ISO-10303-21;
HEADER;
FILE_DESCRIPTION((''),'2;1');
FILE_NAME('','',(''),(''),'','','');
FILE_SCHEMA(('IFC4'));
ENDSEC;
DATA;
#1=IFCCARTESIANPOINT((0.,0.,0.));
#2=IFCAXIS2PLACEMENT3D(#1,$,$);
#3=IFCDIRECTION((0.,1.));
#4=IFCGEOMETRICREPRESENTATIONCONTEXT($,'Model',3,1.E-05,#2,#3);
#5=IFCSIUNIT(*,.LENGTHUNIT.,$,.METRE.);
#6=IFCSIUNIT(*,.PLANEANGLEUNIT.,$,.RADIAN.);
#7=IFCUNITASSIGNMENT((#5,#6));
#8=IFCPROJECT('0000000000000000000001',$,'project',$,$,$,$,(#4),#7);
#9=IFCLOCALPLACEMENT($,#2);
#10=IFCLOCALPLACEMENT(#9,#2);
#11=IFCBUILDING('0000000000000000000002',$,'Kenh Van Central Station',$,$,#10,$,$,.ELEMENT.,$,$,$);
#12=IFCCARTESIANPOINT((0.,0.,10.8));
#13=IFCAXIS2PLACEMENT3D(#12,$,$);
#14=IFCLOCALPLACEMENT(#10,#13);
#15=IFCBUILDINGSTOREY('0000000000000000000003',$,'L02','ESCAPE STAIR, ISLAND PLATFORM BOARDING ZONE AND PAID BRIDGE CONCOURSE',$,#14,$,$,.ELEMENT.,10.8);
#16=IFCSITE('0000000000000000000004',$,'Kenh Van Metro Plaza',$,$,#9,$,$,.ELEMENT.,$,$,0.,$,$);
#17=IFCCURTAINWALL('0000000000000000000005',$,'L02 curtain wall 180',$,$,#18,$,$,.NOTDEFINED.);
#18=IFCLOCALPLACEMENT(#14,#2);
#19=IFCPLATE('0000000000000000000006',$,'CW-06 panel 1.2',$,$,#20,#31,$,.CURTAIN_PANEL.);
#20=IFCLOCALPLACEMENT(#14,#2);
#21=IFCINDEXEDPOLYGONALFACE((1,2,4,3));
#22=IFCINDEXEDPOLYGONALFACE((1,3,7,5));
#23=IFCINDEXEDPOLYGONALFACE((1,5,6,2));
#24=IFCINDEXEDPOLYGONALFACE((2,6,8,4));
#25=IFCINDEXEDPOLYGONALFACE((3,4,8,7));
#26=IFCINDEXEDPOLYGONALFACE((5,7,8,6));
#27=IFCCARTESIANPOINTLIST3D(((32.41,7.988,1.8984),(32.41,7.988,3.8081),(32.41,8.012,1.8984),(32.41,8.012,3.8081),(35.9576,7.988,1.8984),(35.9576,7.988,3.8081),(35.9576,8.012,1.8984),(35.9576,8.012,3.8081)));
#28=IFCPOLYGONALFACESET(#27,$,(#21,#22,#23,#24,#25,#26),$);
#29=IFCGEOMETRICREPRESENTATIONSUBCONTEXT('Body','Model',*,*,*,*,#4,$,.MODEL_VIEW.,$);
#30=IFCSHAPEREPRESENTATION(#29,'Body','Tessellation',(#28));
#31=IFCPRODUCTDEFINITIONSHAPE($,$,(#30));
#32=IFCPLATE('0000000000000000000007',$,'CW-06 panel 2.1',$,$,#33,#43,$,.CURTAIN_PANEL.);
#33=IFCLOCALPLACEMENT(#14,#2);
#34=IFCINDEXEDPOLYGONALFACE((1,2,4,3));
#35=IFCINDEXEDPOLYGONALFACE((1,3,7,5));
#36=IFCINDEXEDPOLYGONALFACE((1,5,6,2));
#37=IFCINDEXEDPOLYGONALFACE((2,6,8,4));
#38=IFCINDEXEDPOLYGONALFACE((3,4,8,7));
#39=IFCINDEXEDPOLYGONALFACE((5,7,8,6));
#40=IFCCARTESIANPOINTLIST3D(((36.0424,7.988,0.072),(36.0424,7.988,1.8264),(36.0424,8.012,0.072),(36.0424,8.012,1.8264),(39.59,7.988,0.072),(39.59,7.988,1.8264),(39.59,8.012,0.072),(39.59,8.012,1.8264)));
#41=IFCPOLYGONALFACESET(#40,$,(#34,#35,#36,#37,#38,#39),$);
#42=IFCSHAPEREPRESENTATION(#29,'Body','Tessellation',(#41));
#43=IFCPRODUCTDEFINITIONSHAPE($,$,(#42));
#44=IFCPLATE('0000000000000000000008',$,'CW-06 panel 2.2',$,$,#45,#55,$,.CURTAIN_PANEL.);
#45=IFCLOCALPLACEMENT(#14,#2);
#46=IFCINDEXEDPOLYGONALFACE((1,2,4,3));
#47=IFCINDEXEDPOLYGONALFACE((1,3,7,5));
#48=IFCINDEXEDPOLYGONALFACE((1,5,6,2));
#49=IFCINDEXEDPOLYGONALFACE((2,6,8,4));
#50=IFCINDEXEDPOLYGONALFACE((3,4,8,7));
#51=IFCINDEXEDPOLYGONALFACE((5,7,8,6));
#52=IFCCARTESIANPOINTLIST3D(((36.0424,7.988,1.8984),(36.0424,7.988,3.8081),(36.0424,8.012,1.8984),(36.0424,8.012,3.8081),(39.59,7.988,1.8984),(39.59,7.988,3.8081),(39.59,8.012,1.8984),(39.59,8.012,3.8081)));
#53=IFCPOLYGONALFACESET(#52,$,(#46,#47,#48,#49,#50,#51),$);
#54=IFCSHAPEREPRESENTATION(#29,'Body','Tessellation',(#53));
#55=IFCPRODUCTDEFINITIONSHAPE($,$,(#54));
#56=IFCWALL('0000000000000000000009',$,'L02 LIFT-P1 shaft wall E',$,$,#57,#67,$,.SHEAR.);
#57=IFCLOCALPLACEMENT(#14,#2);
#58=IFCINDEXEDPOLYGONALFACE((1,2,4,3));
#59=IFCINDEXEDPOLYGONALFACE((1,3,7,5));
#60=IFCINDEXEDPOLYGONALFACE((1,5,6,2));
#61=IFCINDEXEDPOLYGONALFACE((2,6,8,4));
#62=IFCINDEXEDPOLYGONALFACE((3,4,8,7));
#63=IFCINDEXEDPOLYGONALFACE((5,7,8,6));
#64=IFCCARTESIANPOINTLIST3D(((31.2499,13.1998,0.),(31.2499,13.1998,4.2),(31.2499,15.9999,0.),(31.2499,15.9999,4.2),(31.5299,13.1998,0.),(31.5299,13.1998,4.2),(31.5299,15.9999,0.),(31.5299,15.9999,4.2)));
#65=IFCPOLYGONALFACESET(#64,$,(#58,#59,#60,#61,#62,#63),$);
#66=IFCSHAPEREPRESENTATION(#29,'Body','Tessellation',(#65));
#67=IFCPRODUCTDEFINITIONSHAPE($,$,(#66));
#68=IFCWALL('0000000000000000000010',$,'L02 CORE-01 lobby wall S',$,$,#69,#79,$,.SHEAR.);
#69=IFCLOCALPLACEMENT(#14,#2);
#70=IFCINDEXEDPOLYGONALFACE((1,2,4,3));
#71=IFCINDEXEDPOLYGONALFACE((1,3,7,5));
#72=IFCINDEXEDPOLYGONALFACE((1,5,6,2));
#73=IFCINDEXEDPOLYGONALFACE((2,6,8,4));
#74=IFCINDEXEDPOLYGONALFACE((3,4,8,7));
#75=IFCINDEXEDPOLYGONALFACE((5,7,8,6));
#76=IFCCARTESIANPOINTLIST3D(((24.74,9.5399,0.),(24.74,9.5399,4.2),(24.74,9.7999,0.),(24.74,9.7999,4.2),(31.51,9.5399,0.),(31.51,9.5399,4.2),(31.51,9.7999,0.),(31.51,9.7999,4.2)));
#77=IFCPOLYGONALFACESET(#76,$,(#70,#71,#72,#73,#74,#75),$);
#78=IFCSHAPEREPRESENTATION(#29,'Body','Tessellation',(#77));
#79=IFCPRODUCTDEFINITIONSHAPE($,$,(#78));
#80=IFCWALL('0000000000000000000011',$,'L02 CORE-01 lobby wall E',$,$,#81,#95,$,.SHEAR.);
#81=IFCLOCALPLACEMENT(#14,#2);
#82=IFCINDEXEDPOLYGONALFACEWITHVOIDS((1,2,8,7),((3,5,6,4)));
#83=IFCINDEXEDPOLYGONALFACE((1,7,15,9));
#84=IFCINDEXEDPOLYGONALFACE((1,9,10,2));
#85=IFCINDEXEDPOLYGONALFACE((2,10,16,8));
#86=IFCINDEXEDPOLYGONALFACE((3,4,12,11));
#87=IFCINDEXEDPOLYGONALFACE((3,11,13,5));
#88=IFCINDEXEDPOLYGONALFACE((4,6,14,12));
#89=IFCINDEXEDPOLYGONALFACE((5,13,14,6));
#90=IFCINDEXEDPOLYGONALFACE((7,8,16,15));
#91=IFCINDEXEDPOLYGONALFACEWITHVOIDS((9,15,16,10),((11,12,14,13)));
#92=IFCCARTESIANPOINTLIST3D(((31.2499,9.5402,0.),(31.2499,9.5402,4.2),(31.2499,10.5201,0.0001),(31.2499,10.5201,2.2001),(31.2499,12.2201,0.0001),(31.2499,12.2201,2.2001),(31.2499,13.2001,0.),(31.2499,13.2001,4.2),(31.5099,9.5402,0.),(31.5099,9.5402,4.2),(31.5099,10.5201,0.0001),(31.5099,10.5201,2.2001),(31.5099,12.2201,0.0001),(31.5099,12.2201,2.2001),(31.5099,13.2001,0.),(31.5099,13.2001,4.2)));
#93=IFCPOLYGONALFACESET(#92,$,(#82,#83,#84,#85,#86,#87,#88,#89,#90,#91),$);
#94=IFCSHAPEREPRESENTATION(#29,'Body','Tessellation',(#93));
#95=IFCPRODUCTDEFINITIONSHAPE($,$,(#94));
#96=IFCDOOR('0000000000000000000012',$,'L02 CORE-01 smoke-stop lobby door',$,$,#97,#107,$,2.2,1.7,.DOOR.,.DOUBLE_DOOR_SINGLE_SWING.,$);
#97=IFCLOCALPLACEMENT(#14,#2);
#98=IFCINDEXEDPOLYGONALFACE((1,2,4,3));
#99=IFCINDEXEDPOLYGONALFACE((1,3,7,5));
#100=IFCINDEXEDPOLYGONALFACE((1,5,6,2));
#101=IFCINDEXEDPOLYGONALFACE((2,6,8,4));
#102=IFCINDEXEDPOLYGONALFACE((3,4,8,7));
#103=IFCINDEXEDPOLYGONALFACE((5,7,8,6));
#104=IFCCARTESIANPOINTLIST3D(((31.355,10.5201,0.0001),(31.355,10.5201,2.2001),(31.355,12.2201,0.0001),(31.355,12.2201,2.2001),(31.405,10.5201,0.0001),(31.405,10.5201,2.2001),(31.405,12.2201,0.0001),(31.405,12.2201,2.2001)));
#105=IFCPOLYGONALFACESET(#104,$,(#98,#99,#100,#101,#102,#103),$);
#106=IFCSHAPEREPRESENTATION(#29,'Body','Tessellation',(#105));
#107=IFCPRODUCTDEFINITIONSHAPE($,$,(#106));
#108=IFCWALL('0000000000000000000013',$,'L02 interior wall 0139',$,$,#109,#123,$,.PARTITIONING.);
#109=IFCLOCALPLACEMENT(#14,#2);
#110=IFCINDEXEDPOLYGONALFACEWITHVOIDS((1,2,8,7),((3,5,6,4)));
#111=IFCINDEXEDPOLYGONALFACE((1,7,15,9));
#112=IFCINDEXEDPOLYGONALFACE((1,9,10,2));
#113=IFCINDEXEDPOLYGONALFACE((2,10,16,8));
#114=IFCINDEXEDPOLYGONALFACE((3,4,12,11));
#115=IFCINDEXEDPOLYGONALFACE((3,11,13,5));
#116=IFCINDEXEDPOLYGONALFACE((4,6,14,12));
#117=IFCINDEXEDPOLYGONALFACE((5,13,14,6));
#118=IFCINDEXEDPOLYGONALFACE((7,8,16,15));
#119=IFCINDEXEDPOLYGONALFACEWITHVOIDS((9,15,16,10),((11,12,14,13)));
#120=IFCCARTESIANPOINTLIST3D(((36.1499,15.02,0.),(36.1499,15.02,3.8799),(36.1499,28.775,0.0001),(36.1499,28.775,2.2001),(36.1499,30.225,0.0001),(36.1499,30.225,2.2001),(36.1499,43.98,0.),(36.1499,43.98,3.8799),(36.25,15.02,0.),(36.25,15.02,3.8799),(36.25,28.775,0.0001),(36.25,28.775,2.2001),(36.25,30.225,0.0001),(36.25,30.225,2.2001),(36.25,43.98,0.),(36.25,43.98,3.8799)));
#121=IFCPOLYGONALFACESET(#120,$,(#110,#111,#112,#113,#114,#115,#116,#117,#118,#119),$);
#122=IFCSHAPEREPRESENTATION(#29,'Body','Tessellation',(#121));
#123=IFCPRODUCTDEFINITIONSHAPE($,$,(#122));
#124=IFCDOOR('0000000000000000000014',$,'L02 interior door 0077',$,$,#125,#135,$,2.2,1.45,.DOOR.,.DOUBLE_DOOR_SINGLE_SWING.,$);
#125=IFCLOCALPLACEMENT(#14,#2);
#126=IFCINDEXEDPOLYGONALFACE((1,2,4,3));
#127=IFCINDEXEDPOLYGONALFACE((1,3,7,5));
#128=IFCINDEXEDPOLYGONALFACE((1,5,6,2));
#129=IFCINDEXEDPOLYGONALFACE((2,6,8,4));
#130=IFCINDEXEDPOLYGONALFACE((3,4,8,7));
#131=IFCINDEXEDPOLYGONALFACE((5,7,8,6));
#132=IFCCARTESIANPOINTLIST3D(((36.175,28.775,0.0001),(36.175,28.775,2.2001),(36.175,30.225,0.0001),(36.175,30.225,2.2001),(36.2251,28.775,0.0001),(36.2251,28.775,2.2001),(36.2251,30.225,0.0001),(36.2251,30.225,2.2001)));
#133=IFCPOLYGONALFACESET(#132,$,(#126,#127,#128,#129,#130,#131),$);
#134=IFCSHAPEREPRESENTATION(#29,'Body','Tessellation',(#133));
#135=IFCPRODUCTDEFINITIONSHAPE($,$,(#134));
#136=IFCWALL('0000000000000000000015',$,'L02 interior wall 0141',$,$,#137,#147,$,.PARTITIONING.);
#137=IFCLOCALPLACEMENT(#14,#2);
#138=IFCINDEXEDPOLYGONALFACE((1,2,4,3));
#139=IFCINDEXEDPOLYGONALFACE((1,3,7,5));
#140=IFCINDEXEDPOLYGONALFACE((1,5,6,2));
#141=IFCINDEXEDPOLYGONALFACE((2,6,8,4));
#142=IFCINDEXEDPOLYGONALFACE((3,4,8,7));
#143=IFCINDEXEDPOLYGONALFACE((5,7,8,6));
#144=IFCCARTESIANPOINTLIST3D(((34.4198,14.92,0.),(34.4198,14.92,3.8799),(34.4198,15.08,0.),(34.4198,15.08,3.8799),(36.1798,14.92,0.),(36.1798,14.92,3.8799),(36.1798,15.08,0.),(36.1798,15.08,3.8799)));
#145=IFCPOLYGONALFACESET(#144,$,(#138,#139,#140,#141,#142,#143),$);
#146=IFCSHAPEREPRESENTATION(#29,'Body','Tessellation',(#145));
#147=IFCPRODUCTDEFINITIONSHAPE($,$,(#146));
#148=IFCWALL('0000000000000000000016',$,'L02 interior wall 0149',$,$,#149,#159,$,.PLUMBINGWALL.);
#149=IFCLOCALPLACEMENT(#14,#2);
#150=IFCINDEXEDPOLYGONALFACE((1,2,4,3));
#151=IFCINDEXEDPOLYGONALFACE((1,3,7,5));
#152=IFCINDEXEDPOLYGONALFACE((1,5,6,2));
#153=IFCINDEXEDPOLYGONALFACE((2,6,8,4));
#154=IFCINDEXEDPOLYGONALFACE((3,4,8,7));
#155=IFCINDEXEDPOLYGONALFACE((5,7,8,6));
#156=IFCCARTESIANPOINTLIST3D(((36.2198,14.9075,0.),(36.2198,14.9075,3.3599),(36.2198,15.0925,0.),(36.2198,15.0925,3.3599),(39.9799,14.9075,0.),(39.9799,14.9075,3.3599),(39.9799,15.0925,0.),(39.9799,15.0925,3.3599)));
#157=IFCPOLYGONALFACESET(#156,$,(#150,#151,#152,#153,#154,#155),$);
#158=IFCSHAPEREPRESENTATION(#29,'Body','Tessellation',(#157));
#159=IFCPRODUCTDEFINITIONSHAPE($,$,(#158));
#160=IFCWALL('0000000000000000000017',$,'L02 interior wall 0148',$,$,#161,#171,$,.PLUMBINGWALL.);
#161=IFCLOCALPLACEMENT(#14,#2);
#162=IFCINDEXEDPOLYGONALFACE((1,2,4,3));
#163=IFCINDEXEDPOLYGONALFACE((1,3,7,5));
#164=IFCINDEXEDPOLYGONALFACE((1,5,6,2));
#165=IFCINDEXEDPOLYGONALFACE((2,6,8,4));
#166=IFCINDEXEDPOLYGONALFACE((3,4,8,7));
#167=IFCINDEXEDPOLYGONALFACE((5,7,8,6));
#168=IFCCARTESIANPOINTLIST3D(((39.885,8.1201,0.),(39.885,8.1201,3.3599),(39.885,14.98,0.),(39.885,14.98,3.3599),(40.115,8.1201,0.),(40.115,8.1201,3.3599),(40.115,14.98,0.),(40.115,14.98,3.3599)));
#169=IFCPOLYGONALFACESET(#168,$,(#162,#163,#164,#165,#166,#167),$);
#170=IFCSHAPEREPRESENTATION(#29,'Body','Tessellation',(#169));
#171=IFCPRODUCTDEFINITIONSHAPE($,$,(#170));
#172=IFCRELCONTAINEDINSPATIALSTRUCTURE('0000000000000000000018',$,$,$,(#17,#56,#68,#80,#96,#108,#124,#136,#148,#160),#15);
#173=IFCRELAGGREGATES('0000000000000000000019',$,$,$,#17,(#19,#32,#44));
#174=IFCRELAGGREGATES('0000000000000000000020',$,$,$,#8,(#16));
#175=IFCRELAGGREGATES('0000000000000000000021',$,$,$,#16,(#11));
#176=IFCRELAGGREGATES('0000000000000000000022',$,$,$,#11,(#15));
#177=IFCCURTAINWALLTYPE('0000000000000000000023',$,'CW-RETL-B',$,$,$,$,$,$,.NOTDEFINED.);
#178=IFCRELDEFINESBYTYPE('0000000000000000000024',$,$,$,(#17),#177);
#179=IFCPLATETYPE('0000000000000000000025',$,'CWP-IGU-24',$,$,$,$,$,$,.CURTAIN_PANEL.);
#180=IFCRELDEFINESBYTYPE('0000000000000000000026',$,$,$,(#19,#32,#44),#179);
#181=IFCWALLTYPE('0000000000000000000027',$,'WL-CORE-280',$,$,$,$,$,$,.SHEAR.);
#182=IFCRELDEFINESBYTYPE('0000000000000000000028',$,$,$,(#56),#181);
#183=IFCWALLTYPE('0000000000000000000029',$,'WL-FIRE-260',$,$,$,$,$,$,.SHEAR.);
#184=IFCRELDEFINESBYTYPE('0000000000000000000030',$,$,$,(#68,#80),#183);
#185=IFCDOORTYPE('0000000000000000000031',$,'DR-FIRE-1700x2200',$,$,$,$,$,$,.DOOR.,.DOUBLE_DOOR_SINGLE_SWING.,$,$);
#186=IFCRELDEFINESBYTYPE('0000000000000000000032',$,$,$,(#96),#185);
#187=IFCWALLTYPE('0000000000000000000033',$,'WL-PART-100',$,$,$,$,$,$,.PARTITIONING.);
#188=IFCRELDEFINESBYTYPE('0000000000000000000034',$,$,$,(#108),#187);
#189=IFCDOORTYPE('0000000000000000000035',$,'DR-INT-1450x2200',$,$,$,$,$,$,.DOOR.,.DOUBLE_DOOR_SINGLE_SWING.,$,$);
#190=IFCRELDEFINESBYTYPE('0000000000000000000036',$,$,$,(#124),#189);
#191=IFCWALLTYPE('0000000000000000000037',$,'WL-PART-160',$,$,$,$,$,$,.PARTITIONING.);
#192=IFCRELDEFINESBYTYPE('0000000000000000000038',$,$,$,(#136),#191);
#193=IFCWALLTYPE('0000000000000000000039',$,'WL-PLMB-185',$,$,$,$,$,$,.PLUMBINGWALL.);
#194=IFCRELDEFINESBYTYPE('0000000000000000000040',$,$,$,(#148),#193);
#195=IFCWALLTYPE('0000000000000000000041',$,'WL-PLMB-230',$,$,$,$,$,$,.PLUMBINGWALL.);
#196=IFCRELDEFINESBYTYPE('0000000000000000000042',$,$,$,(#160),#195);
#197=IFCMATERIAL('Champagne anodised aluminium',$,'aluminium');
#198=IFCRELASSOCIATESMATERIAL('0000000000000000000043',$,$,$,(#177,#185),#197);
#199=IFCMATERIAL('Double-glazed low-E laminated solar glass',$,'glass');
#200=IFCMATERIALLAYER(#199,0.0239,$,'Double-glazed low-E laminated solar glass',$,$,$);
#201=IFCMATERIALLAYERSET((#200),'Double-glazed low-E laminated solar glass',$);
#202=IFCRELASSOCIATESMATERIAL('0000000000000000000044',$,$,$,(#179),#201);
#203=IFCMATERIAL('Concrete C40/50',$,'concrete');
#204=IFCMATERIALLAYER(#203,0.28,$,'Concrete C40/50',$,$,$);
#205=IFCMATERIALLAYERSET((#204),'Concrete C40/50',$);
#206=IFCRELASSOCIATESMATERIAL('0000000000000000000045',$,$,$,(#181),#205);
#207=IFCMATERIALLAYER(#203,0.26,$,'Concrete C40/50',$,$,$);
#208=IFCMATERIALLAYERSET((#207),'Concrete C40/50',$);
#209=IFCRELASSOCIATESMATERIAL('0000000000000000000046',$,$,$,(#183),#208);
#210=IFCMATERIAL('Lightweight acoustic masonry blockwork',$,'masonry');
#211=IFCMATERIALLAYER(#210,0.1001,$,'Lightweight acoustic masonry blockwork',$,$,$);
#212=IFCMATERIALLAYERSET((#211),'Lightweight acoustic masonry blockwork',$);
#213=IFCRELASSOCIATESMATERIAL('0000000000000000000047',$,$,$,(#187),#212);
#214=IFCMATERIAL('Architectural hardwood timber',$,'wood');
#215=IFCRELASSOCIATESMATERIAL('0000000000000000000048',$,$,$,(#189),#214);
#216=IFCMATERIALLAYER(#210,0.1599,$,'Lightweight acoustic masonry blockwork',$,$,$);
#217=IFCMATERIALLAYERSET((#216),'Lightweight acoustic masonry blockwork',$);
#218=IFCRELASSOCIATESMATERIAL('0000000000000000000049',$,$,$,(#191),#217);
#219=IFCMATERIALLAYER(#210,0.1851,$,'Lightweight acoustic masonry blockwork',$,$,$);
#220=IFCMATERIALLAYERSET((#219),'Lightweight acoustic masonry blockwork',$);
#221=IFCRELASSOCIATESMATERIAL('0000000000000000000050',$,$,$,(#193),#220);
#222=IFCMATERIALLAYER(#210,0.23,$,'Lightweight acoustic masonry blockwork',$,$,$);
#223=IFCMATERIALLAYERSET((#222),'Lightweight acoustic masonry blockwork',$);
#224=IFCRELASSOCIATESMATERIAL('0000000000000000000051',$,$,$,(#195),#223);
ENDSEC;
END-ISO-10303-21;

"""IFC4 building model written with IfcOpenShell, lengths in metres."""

from ifc_helpers import new_model, si_unit, direction, frame, frame_2d, origin, origin_2d, place, context, subcontext, project, spatial, rectangle, extrude, material, layer, layer_set, type_object, element, fill, aggregate, save


model = new_model("IFC4")

# Units and contexts
model_context = context("Model", 3, precision=1e-05, world=origin(), true_north=direction((0.0, 1.0)))
body_context = subcontext(model_context, "Body", "Model", "MODEL_VIEW")
ifc_project = project(units=[si_unit("LENGTHUNIT", "METRE"), si_unit("PLANEANGLEUNIT", "RADIAN")], contexts=[model_context])

# Site, building, storey
site_placement = place(None, origin())
site = spatial("IfcSite", under=ifc_project, at=site_placement, Name="Kenh Van Metro Plaza", CompositionType="ELEMENT", RefElevation=0.0)
building_placement = place(site_placement, origin())
building = spatial("IfcBuilding", under=site, at=building_placement, Name="Kenh Van Central Station", CompositionType="ELEMENT")
storey_placement = place(building_placement, frame((0.0, 0.0, 10.8)))
storey = spatial("IfcBuildingStorey", under=building, at=storey_placement, Name="L02", Description="ESCAPE STAIR, ISLAND PLATFORM BOARDING ZONE AND PAID BRIDGE CONCOURSE", CompositionType="ELEMENT", Elevation=10.8)

# Curtain wall
ifc_material_1 = material(Name="Champagne anodised aluminium", Category="aluminium")
curtain_wall_type = type_object("IfcCurtainWallType", Name="CW-RETL-B", PredefinedType="NOTDEFINED", material=ifc_material_1)
curtain_wall_placement = place(storey_placement, origin())
curtain_wall = element("IfcCurtainWall", 1, at=curtain_wall_placement, inside=storey, type_object=curtain_wall_type, Name="L02 curtain wall 180", PredefinedType="NOTDEFINED")

# Plates
ifc_material_2 = material(Name="Double-glazed low-E laminated solar glass", Category="glass")
ifc_layer_1 = layer(ifc_material_2, 0.0239, Name="Double-glazed low-E laminated solar glass")
ifc_layer_set_1 = layer_set([ifc_layer_1], Name="Double-glazed low-E laminated solar glass")
plate_type = type_object("IfcPlateType", Name="CWP-IGU-24", PredefinedType="CURTAIN_PANEL", material=ifc_layer_set_1)
plate_1_placement = place(storey_placement, frame((34.1838, 8.0, 1.8984), z_axis=(0.0, 0.0, 1.0), x_axis=(1.0, 0.0, 0.0)))
plate_1 = element("IfcPlate", 2, at=plate_1_placement, type_object=plate_type, Name="CW-06 panel 1.2", PredefinedType="CURTAIN_PANEL", context=body_context, shape_type="SweptSolid", body=[
    extrude(rectangle(XDim=3.5476, YDim=0.0239, at=origin_2d()), origin(), (0.0, 0.0, 1.0), 1.9097),
])
plate_2_placement = place(storey_placement, frame((37.8162, 8.0, 0.072), z_axis=(0.0, 0.0, 1.0), x_axis=(1.0, 0.0, 0.0)))
plate_2 = element("IfcPlate", 3, at=plate_2_placement, type_object=plate_type, Name="CW-06 panel 2.1", PredefinedType="CURTAIN_PANEL", context=body_context, shape_type="SweptSolid", body=[
    extrude(rectangle(XDim=3.5476, YDim=0.0239, at=origin_2d()), origin(), (0.0, 0.0, 1.0), 1.7544),
])
plate_3_placement = place(storey_placement, frame((37.8162, 8.0, 1.8984), z_axis=(0.0, 0.0, 1.0), x_axis=(1.0, 0.0, 0.0)))
plate_3 = element("IfcPlate", 4, at=plate_3_placement, type_object=plate_type, Name="CW-06 panel 2.2", PredefinedType="CURTAIN_PANEL", context=body_context, shape_type="SweptSolid", body=[
    extrude(rectangle(XDim=3.5476, YDim=0.0239, at=origin_2d()), origin(), (0.0, 0.0, 1.0), 1.9097),
])
aggregate(curtain_wall, [plate_1, plate_2, plate_3])

# Walls
ifc_material_3 = material(Name="Concrete C40/50", Category="concrete")
ifc_layer_2 = layer(ifc_material_3, 0.28, Name="Concrete C40/50")
ifc_layer_set_2 = layer_set([ifc_layer_2], Name="Concrete C40/50")
wall_type_1 = type_object("IfcWallType", Name="WL-CORE-280", PredefinedType="SHEAR", material=ifc_layer_set_2)
wall_1_placement = place(storey_placement, frame((31.3899, 13.2, 0.0), z_axis=(0.0, 0.0, 1.0), x_axis=(0.0, 1.0, 0.0)))
element("IfcWall", 5, at=wall_1_placement, inside=storey, type_object=wall_type_1, Name="L02 LIFT-P1 shaft wall E", PredefinedType="SHEAR", context=body_context, shape_type="SweptSolid", body=[
    extrude(rectangle(XDim=2.8, YDim=0.28, at=frame_2d((1.3999, 0.0))), origin(), (0.0, 0.0, 1.0), 4.2),
])
ifc_layer_3 = layer(ifc_material_3, 0.26, Name="Concrete C40/50")
ifc_layer_set_3 = layer_set([ifc_layer_3], Name="Concrete C40/50")
wall_type_2 = type_object("IfcWallType", Name="WL-FIRE-260", PredefinedType="SHEAR", material=ifc_layer_set_3)
wall_2_placement = place(storey_placement, frame((31.51, 9.6699, 0.0), z_axis=(0.0, 0.0, 1.0), x_axis=(-1.0, 0.0, 0.0)))
element("IfcWall", 6, at=wall_2_placement, inside=storey, type_object=wall_type_2, Name="L02 CORE-01 lobby wall S", PredefinedType="SHEAR", context=body_context, shape_type="SweptSolid", body=[
    extrude(rectangle(XDim=6.77, YDim=0.26, at=frame_2d((3.385, 0.0))), origin(), (0.0, 0.0, 1.0), 4.2),
])

# Walls, openings, doors
wall_3_placement = place(storey_placement, frame((31.3799, 9.54, 0.0), z_axis=(0.0, 0.0, 1.0), x_axis=(0.0, 1.0, 0.0)))
wall_3 = element("IfcWall", 7, at=wall_3_placement, inside=storey, type_object=wall_type_2, Name="L02 CORE-01 lobby wall E", PredefinedType="SHEAR", context=body_context, shape_type="SweptSolid", body=[
    extrude(rectangle(XDim=3.6599, YDim=0.26, at=frame_2d((1.8301, 0.0))), origin(), (0.0, 0.0, 1.0), 4.2),
])
opening_1_placement = place(wall_3_placement, frame((0.98, 0.0, 0.0)))
opening_1 = element("IfcOpeningElement", 8, at=opening_1_placement, cuts=wall_3, PredefinedType="OPENING", context=body_context, shape_type="SweptSolid", body=[
    extrude(rectangle(XDim=1.7, YDim=2.2, at=frame_2d((0.8501, 1.1001))), frame((0.0, 0.1399, 0.0), z_axis=(0.0, -1.0, 0.0), x_axis=(1.0, 0.0, 0.0)), (0.0, 0.0, 1.0), 0.28),
])
door_type_1 = type_object("IfcDoorType", Name="DR-FIRE-1700x2200", OperationType="DOUBLE_DOOR_SINGLE_SWING", PredefinedType="DOOR", material=ifc_material_1)
door_1_placement = place(opening_1_placement, origin())
door_1 = element("IfcDoor", 9, at=door_1_placement, inside=storey, type_object=door_type_1, Name="L02 CORE-01 smoke-stop lobby door", OperationType="DOUBLE_DOOR_SINGLE_SWING", OverallHeight=2.2, OverallWidth=1.7, PredefinedType="DOOR", context=body_context, shape_type="SweptSolid", body=[
    extrude(rectangle(XDim=1.7, YDim=2.2, at=frame_2d((0.8501, 1.1001))), frame((0.0, 0.0249, 0.0), z_axis=(0.0, -1.0, 0.0), x_axis=(1.0, 0.0, 0.0)), (0.0, 0.0, 1.0), 0.05),
])
fill(opening_1, door_1)
ifc_material_4 = material(Name="Lightweight acoustic masonry blockwork", Category="masonry")
ifc_layer_4 = layer(ifc_material_4, 0.1001, Name="Lightweight acoustic masonry blockwork")
ifc_layer_set_4 = layer_set([ifc_layer_4], Name="Lightweight acoustic masonry blockwork")
wall_type_3 = type_object("IfcWallType", Name="WL-PART-100", PredefinedType="PARTITIONING", material=ifc_layer_set_4)
wall_4_placement = place(storey_placement, frame((36.2, 15.02, 0.0), z_axis=(0.0, 0.0, 1.0), x_axis=(0.0, 1.0, 0.0)))
wall_4 = element("IfcWall", 10, at=wall_4_placement, inside=storey, type_object=wall_type_3, Name="L02 interior wall 0139", PredefinedType="PARTITIONING", context=body_context, shape_type="SweptSolid", body=[
    extrude(rectangle(XDim=28.96, YDim=0.1001, at=frame_2d((14.48, 0.0))), origin(), (0.0, 0.0, 1.0), 3.8799),
])
opening_2_placement = place(wall_4_placement, frame((13.7549, 0.0, 0.0)))
opening_2 = element("IfcOpeningElement", 11, at=opening_2_placement, cuts=wall_4, PredefinedType="OPENING", context=body_context, shape_type="SweptSolid", body=[
    extrude(rectangle(XDim=1.45, YDim=2.2, at=frame_2d((0.7251, 1.1001))), frame((0.0, 0.0601, 0.0), z_axis=(0.0, -1.0, 0.0), x_axis=(1.0, 0.0, 0.0)), (0.0, 0.0, 1.0), 0.1201),
])
ifc_material_5 = material(Name="Architectural hardwood timber", Category="wood")
door_type_2 = type_object("IfcDoorType", Name="DR-INT-1450x2200", OperationType="DOUBLE_DOOR_SINGLE_SWING", PredefinedType="DOOR", material=ifc_material_5)
door_2_placement = place(opening_2_placement, origin())
door_2 = element("IfcDoor", 12, at=door_2_placement, inside=storey, type_object=door_type_2, Name="L02 interior door 0077", OperationType="DOUBLE_DOOR_SINGLE_SWING", OverallHeight=2.2, OverallWidth=1.45, PredefinedType="DOOR", context=body_context, shape_type="SweptSolid", body=[
    extrude(rectangle(XDim=1.45, YDim=2.2, at=frame_2d((0.7251, 1.1001))), frame((0.0, 0.0249, 0.0), z_axis=(0.0, -1.0, 0.0), x_axis=(1.0, 0.0, 0.0)), (0.0, 0.0, 1.0), 0.05),
])
fill(opening_2, door_2)

# Walls
ifc_layer_5 = layer(ifc_material_4, 0.1599, Name="Lightweight acoustic masonry blockwork")
ifc_layer_set_5 = layer_set([ifc_layer_5], Name="Lightweight acoustic masonry blockwork")
wall_type_4 = type_object("IfcWallType", Name="WL-PART-160", PredefinedType="PARTITIONING", material=ifc_layer_set_5)
wall_5_placement = place(storey_placement, frame((34.4199, 15.0, 0.0), z_axis=(0.0, 0.0, 1.0), x_axis=(1.0, 0.0, 0.0)))
element("IfcWall", 13, at=wall_5_placement, inside=storey, type_object=wall_type_4, Name="L02 interior wall 0141", PredefinedType="PARTITIONING", context=body_context, shape_type="SweptSolid", body=[
    extrude(rectangle(XDim=1.76, YDim=0.1599, at=frame_2d((0.8799, 0.0))), origin(), (0.0, 0.0, 1.0), 3.8799),
])
ifc_layer_6 = layer(ifc_material_4, 0.1851, Name="Lightweight acoustic masonry blockwork")
ifc_layer_set_6 = layer_set([ifc_layer_6], Name="Lightweight acoustic masonry blockwork")
wall_type_5 = type_object("IfcWallType", Name="WL-PLMB-185", PredefinedType="PLUMBINGWALL", material=ifc_layer_set_6)
wall_6_placement = place(storey_placement, frame((36.22, 15.0, 0.0), z_axis=(0.0, 0.0, 1.0), x_axis=(1.0, 0.0, 0.0)))
element("IfcWall", 14, at=wall_6_placement, inside=storey, type_object=wall_type_5, Name="L02 interior wall 0149", PredefinedType="PLUMBINGWALL", context=body_context, shape_type="SweptSolid", body=[
    extrude(rectangle(XDim=3.76, YDim=0.1851, at=frame_2d((1.8799, 0.0))), origin(), (0.0, 0.0, 1.0), 3.3599),
])
ifc_layer_7 = layer(ifc_material_4, 0.23, Name="Lightweight acoustic masonry blockwork")
ifc_layer_set_7 = layer_set([ifc_layer_7], Name="Lightweight acoustic masonry blockwork")
wall_type_6 = type_object("IfcWallType", Name="WL-PLMB-230", PredefinedType="PLUMBINGWALL", material=ifc_layer_set_7)
wall_7_placement = place(storey_placement, frame((40.0, 8.1201, 0.0), z_axis=(0.0, 0.0, 1.0), x_axis=(0.0, 1.0, 0.0)))
element("IfcWall", 15, at=wall_7_placement, inside=storey, type_object=wall_type_6, Name="L02 interior wall 0148", PredefinedType="PLUMBINGWALL", context=body_context, shape_type="SweptSolid", body=[
    extrude(rectangle(XDim=6.8599, YDim=0.23, at=frame_2d((3.4299, 0.0))), origin(), (0.0, 0.0, 1.0), 3.3599),
])

save(model, "model.ifc")
